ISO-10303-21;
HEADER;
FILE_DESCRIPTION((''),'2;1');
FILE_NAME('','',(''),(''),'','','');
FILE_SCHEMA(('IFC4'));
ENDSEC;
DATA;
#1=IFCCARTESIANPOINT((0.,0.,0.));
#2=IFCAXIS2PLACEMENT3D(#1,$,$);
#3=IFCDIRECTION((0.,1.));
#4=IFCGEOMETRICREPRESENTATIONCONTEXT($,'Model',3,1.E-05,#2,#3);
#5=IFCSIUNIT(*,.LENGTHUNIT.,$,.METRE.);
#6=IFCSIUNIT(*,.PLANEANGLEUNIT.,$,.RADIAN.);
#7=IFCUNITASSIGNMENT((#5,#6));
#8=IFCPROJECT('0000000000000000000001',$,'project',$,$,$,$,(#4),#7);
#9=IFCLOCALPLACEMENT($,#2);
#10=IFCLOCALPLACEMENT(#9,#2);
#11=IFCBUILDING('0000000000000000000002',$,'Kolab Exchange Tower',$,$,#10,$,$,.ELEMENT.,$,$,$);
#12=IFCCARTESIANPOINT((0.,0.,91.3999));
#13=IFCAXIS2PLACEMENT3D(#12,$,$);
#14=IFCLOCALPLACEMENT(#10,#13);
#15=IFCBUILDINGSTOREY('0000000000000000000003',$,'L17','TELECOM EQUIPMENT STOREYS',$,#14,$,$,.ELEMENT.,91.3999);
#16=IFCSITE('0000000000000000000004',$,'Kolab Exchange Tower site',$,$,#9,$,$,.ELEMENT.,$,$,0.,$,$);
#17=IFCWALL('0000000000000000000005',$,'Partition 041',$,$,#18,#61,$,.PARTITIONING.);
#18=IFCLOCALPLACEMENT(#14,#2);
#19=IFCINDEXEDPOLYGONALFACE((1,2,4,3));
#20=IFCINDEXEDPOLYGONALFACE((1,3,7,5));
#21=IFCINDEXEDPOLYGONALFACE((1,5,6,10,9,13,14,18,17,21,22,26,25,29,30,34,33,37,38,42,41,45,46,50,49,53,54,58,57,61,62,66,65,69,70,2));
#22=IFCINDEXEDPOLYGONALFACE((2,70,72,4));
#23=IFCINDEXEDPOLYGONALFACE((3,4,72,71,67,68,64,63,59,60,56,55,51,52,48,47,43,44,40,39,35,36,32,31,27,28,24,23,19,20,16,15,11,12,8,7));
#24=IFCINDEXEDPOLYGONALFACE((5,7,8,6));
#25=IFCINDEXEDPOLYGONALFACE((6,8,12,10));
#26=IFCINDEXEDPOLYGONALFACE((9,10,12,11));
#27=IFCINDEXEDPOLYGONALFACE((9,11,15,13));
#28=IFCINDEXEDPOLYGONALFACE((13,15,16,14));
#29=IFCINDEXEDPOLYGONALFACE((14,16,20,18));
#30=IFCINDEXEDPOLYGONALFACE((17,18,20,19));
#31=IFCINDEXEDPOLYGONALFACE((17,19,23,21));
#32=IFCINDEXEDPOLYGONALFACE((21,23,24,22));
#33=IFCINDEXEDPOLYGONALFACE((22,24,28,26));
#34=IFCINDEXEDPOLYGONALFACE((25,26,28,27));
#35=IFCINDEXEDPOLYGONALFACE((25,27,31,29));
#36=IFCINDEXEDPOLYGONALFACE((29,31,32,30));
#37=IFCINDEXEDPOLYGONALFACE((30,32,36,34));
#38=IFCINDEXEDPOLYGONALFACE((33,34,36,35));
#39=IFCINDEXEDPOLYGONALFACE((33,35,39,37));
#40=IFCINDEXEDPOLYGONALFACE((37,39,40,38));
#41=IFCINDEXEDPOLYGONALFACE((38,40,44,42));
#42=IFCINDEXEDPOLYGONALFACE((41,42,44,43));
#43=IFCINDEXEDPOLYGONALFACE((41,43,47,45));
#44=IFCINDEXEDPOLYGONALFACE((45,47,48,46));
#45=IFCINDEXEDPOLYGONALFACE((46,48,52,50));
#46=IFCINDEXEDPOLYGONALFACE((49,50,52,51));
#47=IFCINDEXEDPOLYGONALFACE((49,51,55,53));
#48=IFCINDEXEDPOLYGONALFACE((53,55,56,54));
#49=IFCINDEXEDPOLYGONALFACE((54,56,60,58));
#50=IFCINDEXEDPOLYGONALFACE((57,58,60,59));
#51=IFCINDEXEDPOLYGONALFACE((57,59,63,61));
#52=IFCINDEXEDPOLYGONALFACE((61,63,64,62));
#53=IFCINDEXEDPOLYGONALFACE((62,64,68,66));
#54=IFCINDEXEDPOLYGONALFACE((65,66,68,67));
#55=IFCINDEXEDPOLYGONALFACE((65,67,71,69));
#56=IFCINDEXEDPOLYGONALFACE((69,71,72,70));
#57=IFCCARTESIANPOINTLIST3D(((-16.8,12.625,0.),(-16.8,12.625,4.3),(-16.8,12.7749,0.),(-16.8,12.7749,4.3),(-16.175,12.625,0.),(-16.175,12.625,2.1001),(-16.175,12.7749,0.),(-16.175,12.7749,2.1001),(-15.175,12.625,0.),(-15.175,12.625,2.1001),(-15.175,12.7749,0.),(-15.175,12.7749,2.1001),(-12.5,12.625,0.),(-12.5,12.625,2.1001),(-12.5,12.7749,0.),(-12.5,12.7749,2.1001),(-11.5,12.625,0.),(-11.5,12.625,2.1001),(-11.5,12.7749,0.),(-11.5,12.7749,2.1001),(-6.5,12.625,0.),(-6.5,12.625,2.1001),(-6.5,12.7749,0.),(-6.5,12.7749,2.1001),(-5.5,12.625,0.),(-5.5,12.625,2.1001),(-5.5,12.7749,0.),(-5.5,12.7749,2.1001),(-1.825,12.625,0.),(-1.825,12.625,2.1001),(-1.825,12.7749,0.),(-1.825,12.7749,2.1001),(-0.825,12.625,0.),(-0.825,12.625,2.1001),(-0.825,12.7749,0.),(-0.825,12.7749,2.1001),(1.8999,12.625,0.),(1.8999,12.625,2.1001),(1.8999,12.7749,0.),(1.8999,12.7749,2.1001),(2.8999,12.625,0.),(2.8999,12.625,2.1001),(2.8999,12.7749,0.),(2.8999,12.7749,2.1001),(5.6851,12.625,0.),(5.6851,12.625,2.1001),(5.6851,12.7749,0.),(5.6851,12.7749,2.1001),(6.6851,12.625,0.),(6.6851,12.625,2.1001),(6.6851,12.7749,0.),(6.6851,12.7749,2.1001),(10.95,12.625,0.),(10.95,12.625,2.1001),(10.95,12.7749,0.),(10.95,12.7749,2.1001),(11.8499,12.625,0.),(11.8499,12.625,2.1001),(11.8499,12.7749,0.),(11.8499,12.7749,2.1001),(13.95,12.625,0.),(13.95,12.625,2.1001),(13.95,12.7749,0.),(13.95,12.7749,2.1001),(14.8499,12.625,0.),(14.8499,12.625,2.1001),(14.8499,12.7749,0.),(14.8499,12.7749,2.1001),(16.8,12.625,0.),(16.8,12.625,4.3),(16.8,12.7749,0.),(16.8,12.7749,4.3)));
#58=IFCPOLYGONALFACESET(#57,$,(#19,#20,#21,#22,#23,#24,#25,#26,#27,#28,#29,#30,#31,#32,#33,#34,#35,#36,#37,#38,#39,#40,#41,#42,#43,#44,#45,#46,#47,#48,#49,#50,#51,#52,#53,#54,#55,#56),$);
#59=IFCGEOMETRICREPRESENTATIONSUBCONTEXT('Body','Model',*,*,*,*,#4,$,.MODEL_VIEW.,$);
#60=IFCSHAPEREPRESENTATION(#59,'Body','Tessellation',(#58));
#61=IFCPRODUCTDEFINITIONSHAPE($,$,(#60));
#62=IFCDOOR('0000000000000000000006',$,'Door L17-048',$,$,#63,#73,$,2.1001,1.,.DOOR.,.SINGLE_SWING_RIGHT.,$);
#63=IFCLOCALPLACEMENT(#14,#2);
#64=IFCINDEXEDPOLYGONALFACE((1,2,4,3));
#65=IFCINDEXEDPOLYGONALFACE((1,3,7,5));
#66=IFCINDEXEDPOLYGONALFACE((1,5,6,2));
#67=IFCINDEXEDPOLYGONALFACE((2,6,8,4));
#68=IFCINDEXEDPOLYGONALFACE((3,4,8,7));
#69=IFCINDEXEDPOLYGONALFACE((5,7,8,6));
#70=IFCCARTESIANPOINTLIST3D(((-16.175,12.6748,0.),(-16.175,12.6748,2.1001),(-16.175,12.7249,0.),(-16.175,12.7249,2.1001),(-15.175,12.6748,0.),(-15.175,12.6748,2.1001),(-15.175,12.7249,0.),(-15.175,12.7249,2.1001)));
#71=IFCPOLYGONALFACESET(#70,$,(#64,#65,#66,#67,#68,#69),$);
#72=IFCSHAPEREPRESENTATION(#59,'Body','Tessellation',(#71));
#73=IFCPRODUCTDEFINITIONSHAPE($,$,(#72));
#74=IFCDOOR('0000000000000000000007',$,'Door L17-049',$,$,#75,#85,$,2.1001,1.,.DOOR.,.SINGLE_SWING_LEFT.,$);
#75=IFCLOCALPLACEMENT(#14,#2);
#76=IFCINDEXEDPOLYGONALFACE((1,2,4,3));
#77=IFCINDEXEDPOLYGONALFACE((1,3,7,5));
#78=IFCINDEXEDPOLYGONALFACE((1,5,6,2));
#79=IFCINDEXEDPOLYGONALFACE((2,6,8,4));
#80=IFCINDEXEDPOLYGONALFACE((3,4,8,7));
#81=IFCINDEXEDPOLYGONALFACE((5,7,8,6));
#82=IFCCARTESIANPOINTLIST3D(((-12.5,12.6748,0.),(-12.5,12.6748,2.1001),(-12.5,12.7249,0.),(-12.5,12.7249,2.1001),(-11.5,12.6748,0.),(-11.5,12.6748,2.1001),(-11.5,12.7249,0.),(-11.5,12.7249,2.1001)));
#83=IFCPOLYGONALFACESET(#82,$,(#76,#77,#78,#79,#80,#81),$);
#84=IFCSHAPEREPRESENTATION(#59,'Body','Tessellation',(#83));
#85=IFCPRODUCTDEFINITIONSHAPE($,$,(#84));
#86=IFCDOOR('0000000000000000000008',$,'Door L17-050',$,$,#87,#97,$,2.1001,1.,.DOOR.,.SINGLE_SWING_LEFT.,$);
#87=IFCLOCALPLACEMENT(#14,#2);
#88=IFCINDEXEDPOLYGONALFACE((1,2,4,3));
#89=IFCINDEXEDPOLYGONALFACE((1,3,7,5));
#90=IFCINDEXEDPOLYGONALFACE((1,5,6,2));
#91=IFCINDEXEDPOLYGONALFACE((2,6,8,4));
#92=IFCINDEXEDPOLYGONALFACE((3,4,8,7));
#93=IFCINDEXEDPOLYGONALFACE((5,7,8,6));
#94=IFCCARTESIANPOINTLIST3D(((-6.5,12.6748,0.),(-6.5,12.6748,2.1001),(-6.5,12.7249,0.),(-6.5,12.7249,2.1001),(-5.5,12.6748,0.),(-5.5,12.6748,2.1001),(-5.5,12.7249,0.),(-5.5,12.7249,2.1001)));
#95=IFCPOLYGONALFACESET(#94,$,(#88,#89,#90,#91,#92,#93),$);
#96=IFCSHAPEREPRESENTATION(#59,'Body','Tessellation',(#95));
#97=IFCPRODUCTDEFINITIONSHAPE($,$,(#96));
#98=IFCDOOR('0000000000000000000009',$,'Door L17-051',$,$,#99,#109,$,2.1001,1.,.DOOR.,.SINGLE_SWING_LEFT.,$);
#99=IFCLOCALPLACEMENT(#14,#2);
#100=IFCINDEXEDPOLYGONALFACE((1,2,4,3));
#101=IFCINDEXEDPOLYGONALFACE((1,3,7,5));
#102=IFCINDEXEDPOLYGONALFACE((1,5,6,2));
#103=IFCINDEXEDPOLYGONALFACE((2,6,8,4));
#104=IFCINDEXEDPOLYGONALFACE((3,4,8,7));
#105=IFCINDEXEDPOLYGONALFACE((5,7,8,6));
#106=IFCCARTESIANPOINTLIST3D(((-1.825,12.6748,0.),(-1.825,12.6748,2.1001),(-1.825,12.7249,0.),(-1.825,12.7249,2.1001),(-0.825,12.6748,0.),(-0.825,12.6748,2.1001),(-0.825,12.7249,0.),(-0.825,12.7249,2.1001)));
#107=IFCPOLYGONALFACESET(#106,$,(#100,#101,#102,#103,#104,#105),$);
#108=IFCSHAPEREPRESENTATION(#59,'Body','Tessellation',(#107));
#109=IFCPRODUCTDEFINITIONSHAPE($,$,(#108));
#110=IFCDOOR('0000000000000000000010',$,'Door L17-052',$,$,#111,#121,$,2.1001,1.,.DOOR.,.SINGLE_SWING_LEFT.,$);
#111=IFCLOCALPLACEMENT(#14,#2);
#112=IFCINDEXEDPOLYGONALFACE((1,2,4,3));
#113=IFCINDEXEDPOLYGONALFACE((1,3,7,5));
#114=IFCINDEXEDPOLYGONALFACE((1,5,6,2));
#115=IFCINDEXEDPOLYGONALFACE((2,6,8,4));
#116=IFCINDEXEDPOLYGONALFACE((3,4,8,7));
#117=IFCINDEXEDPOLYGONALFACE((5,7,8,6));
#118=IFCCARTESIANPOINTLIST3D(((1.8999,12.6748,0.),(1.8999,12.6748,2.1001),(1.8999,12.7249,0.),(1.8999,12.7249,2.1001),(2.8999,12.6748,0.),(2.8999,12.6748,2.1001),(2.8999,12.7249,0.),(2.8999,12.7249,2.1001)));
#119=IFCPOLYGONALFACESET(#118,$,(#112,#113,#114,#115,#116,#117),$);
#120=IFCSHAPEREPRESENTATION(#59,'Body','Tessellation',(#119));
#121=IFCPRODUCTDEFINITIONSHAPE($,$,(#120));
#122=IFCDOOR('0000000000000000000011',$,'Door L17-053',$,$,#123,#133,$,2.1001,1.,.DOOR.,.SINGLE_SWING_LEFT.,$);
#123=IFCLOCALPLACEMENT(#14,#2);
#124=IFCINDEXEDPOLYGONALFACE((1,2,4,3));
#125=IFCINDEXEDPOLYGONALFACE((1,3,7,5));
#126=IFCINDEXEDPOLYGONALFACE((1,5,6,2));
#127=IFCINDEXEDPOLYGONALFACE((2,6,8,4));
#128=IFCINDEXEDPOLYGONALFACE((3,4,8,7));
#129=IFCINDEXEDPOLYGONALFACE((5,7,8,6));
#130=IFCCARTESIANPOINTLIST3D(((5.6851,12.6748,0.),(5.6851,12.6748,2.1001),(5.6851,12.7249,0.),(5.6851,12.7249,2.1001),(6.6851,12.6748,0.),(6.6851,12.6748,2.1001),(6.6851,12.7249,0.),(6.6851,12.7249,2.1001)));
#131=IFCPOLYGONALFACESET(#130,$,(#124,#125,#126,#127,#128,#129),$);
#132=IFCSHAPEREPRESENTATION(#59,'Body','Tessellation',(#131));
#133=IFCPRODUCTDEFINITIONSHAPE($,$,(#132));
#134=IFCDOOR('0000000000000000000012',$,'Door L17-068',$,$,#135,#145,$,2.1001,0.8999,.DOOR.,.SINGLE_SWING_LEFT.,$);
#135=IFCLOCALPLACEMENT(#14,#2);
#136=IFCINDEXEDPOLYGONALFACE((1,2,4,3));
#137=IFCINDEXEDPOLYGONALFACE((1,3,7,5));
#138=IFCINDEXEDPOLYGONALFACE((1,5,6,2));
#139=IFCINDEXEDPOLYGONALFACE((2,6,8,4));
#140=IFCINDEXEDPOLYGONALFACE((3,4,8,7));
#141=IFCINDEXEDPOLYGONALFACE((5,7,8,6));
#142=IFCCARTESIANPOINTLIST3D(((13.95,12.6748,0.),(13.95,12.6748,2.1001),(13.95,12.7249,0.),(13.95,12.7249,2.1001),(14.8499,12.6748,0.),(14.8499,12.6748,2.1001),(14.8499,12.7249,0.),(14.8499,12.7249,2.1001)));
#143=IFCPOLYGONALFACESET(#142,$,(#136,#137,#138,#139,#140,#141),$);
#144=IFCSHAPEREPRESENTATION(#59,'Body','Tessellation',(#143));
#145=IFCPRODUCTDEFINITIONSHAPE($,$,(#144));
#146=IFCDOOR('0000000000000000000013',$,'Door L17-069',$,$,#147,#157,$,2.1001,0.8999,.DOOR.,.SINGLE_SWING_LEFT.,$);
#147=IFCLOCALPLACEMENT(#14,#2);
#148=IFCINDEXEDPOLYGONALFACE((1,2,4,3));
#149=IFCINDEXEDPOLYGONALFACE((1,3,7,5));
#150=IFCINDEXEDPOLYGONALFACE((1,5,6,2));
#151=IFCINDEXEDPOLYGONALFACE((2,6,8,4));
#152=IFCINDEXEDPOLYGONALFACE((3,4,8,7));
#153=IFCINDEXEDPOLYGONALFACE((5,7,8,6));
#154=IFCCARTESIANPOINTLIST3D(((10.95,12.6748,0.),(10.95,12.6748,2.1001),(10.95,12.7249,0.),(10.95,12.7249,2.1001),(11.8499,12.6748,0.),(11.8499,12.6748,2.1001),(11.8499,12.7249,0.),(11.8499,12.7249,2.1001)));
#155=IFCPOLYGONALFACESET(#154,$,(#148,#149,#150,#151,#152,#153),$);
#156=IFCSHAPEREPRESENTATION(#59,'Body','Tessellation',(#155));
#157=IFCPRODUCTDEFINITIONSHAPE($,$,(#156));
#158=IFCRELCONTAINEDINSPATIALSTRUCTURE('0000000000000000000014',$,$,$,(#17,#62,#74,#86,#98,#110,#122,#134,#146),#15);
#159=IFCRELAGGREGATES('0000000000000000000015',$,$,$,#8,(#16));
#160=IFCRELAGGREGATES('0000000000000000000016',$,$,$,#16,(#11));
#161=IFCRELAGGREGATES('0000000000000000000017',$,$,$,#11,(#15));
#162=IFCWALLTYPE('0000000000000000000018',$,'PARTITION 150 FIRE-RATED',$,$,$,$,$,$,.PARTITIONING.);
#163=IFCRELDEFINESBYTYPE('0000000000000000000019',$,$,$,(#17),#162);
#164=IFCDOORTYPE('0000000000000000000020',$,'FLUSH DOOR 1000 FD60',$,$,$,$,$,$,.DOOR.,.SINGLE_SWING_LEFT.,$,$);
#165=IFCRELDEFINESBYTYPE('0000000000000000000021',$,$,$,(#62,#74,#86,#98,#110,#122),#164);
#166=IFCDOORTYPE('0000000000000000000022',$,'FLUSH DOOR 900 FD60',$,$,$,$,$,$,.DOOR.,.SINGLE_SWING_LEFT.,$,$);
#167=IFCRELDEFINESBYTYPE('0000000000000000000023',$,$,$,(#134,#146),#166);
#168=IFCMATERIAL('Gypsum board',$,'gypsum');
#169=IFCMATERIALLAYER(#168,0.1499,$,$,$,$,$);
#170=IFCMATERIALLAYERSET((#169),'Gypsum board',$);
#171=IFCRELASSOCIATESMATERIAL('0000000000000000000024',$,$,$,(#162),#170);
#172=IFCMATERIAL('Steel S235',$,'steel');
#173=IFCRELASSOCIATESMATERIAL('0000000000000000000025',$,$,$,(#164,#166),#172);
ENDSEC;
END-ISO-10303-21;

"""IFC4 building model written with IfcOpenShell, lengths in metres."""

from ifc_helpers import new_model, si_unit, direction, frame, frame_2d, origin, place, context, subcontext, project, spatial, rectangle, extrude, material, layer, layer_set, type_object, element, fill, save


model = new_model("IFC4")

# Units and contexts
model_context = context("Model", 3, precision=1e-05, world=origin(), true_north=direction((0.0, 1.0)))
body_context = subcontext(model_context, "Body", "Model", "MODEL_VIEW")
ifc_project = project(units=[si_unit("LENGTHUNIT", "METRE"), si_unit("PLANEANGLEUNIT", "RADIAN")], contexts=[model_context])

# Site, building, storey
site_placement = place(None, origin())
site = spatial("IfcSite", under=ifc_project, at=site_placement, Name="Kolab Exchange Tower site", CompositionType="ELEMENT", RefElevation=0.0)
building_placement = place(site_placement, origin())
building = spatial("IfcBuilding", under=site, at=building_placement, Name="Kolab Exchange Tower", CompositionType="ELEMENT")
storey_placement = place(building_placement, frame((0.0, 0.0, 91.3999)))
storey = spatial("IfcBuildingStorey", under=building, at=storey_placement, Name="L17", Description="TELECOM EQUIPMENT STOREYS", CompositionType="ELEMENT", Elevation=91.3999)

# Shared definitions
ifc_material_1 = material(Name="Gypsum board", Category="gypsum")
ifc_layer_1 = layer(ifc_material_1, 0.1499)
ifc_layer_set_1 = layer_set([ifc_layer_1], Name="Gypsum board")
wall_type_1 = type_object("IfcWallType", Name="PARTITION 150 FIRE-RATED", PredefinedType="PARTITIONING", material=ifc_layer_set_1)

# Wall, openings, doors
wall_1_placement = place(storey_placement, frame((-16.8, 12.7, 0.0), z_axis=(0.0, 0.0, 1.0), x_axis=(1.0, 0.0, 0.0)))
wall_1 = element("IfcWall", 1, at=wall_1_placement, inside=storey, type_object=wall_type_1, Name="Partition 041", PredefinedType="PARTITIONING", context=body_context, shape_type="SweptSolid", body=[
    extrude(rectangle(XDim=33.6001, YDim=0.1499, at=frame_2d((16.8, 0.0))), origin(), (0.0, 0.0, 1.0), 4.3),
])
opening_1_placement = place(wall_1_placement, frame((0.625, 0.0, 0.0)))
opening_1 = element("IfcOpeningElement", 2, at=opening_1_placement, cuts=wall_1, PredefinedType="OPENING", context=body_context, shape_type="SweptSolid", body=[
    extrude(rectangle(XDim=1.0, YDim=2.1001, at=frame_2d((0.5, 1.05))), frame((0.0, 0.085, 0.0), z_axis=(0.0, -1.0, 0.0), x_axis=(1.0, 0.0, 0.0)), (0.0, 0.0, 1.0), 0.1699),
])
opening_2_placement = place(wall_1_placement, frame((4.3, 0.0, 0.0)))
opening_2 = element("IfcOpeningElement", 3, at=opening_2_placement, cuts=wall_1, PredefinedType="OPENING", context=body_context, shape_type="SweptSolid", body=[
    extrude(rectangle(XDim=1.0, YDim=2.1001, at=frame_2d((0.5, 1.05))), frame((0.0, 0.085, 0.0), z_axis=(0.0, -1.0, 0.0), x_axis=(1.0, 0.0, 0.0)), (0.0, 0.0, 1.0), 0.1699),
])
opening_3_placement = place(wall_1_placement, frame((10.3, 0.0, 0.0)))
opening_3 = element("IfcOpeningElement", 4, at=opening_3_placement, cuts=wall_1, PredefinedType="OPENING", context=body_context, shape_type="SweptSolid", body=[
    extrude(rectangle(XDim=1.0, YDim=2.1001, at=frame_2d((0.5, 1.05))), frame((0.0, 0.085, 0.0), z_axis=(0.0, -1.0, 0.0), x_axis=(1.0, 0.0, 0.0)), (0.0, 0.0, 1.0), 0.1699),
])
opening_4_placement = place(wall_1_placement, frame((14.9751, 0.0, 0.0)))
opening_4 = element("IfcOpeningElement", 5, at=opening_4_placement, cuts=wall_1, PredefinedType="OPENING", context=body_context, shape_type="SweptSolid", body=[
    extrude(rectangle(XDim=1.0, YDim=2.1001, at=frame_2d((0.5, 1.05))), frame((0.0, 0.085, 0.0), z_axis=(0.0, -1.0, 0.0), x_axis=(1.0, 0.0, 0.0)), (0.0, 0.0, 1.0), 0.1699),
])
opening_5_placement = place(wall_1_placement, frame((18.7, 0.0, 0.0)))
opening_5 = element("IfcOpeningElement", 6, at=opening_5_placement, cuts=wall_1, PredefinedType="OPENING", context=body_context, shape_type="SweptSolid", body=[
    extrude(rectangle(XDim=1.0, YDim=2.1001, at=frame_2d((0.5, 1.05))), frame((0.0, 0.085, 0.0), z_axis=(0.0, -1.0, 0.0), x_axis=(1.0, 0.0, 0.0)), (0.0, 0.0, 1.0), 0.1699),
])
opening_6_placement = place(wall_1_placement, frame((22.4851, 0.0, 0.0)))
opening_6 = element("IfcOpeningElement", 7, at=opening_6_placement, cuts=wall_1, PredefinedType="OPENING", context=body_context, shape_type="SweptSolid", body=[
    extrude(rectangle(XDim=1.0, YDim=2.1001, at=frame_2d((0.5, 1.05))), frame((0.0, 0.085, 0.0), z_axis=(0.0, -1.0, 0.0), x_axis=(1.0, 0.0, 0.0)), (0.0, 0.0, 1.0), 0.1699),
])
opening_7_placement = place(wall_1_placement, frame((30.75, 0.0, 0.0)))
opening_7 = element("IfcOpeningElement", 8, at=opening_7_placement, cuts=wall_1, PredefinedType="OPENING", context=body_context, shape_type="SweptSolid", body=[
    extrude(rectangle(XDim=0.8999, YDim=2.1001, at=frame_2d((0.45, 1.05))), frame((0.0, 0.085, 0.0), z_axis=(0.0, -1.0, 0.0), x_axis=(1.0, 0.0, 0.0)), (0.0, 0.0, 1.0), 0.1699),
])
opening_8_placement = place(wall_1_placement, frame((27.75, 0.0, 0.0)))
opening_8 = element("IfcOpeningElement", 9, at=opening_8_placement, cuts=wall_1, PredefinedType="OPENING", context=body_context, shape_type="SweptSolid", body=[
    extrude(rectangle(XDim=0.8999, YDim=2.1001, at=frame_2d((0.45, 1.05))), frame((0.0, 0.085, 0.0), z_axis=(0.0, -1.0, 0.0), x_axis=(1.0, 0.0, 0.0)), (0.0, 0.0, 1.0), 0.1699),
])
ifc_material_2 = material(Name="Steel S235", Category="steel")
door_type_1 = type_object("IfcDoorType", Name="FLUSH DOOR 1000 FD60", OperationType="SINGLE_SWING_LEFT", PredefinedType="DOOR", material=ifc_material_2)
door_1_placement = place(opening_1_placement, origin())
door_1 = element("IfcDoor", 10, at=door_1_placement, inside=storey, type_object=door_type_1, Name="Door L17-048", OperationType="SINGLE_SWING_RIGHT", OverallHeight=2.1001, OverallWidth=1.0, PredefinedType="DOOR", context=body_context, shape_type="SweptSolid", body=[
    extrude(rectangle(XDim=1.0, YDim=2.1001, at=frame_2d((0.5, 1.05))), frame((0.0, 0.0249, 0.0), z_axis=(0.0, -1.0, 0.0), x_axis=(1.0, 0.0, 0.0)), (0.0, 0.0, 1.0), 0.05),
])
fill(opening_1, door_1)
door_2_placement = place(opening_2_placement, origin())
door_2 = element("IfcDoor", 11, at=door_2_placement, inside=storey, type_object=door_type_1, Name="Door L17-049", OperationType="SINGLE_SWING_LEFT", OverallHeight=2.1001, OverallWidth=1.0, PredefinedType="DOOR", context=body_context, shape_type="SweptSolid", body=[
    extrude(rectangle(XDim=1.0, YDim=2.1001, at=frame_2d((0.5, 1.05))), frame((0.0, 0.0249, 0.0), z_axis=(0.0, -1.0, 0.0), x_axis=(1.0, 0.0, 0.0)), (0.0, 0.0, 1.0), 0.05),
])
fill(opening_2, door_2)
door_3_placement = place(opening_3_placement, origin())
door_3 = element("IfcDoor", 12, at=door_3_placement, inside=storey, type_object=door_type_1, Name="Door L17-050", OperationType="SINGLE_SWING_LEFT", OverallHeight=2.1001, OverallWidth=1.0, PredefinedType="DOOR", context=body_context, shape_type="SweptSolid", body=[
    extrude(rectangle(XDim=1.0, YDim=2.1001, at=frame_2d((0.5, 1.05))), frame((0.0, 0.0249, 0.0), z_axis=(0.0, -1.0, 0.0), x_axis=(1.0, 0.0, 0.0)), (0.0, 0.0, 1.0), 0.05),
])
fill(opening_3, door_3)
door_4_placement = place(opening_4_placement, origin())
door_4 = element("IfcDoor", 13, at=door_4_placement, inside=storey, type_object=door_type_1, Name="Door L17-051", OperationType="SINGLE_SWING_LEFT", OverallHeight=2.1001, OverallWidth=1.0, PredefinedType="DOOR", context=body_context, shape_type="SweptSolid", body=[
    extrude(rectangle(XDim=1.0, YDim=2.1001, at=frame_2d((0.5, 1.05))), frame((0.0, 0.0249, 0.0), z_axis=(0.0, -1.0, 0.0), x_axis=(1.0, 0.0, 0.0)), (0.0, 0.0, 1.0), 0.05),
])
fill(opening_4, door_4)
door_5_placement = place(opening_5_placement, origin())
door_5 = element("IfcDoor", 14, at=door_5_placement, inside=storey, type_object=door_type_1, Name="Door L17-052", OperationType="SINGLE_SWING_LEFT", OverallHeight=2.1001, OverallWidth=1.0, PredefinedType="DOOR", context=body_context, shape_type="SweptSolid", body=[
    extrude(rectangle(XDim=1.0, YDim=2.1001, at=frame_2d((0.5, 1.05))), frame((0.0, 0.0249, 0.0), z_axis=(0.0, -1.0, 0.0), x_axis=(1.0, 0.0, 0.0)), (0.0, 0.0, 1.0), 0.05),
])
fill(opening_5, door_5)
door_6_placement = place(opening_6_placement, origin())
door_6 = element("IfcDoor", 15, at=door_6_placement, inside=storey, type_object=door_type_1, Name="Door L17-053", OperationType="SINGLE_SWING_LEFT", OverallHeight=2.1001, OverallWidth=1.0, PredefinedType="DOOR", context=body_context, shape_type="SweptSolid", body=[
    extrude(rectangle(XDim=1.0, YDim=2.1001, at=frame_2d((0.5, 1.05))), frame((0.0, 0.0249, 0.0), z_axis=(0.0, -1.0, 0.0), x_axis=(1.0, 0.0, 0.0)), (0.0, 0.0, 1.0), 0.05),
])
fill(opening_6, door_6)
door_type_2 = type_object("IfcDoorType", Name="FLUSH DOOR 900 FD60", OperationType="SINGLE_SWING_LEFT", PredefinedType="DOOR", material=ifc_material_2)
door_7_placement = place(opening_7_placement, origin())
door_7 = element("IfcDoor", 16, at=door_7_placement, inside=storey, type_object=door_type_2, Name="Door L17-068", OperationType="SINGLE_SWING_LEFT", OverallHeight=2.1001, OverallWidth=0.8999, PredefinedType="DOOR", context=body_context, shape_type="SweptSolid", body=[
    extrude(rectangle(XDim=0.8999, YDim=2.1001, at=frame_2d((0.45, 1.05))), frame((0.0, 0.0249, 0.0), z_axis=(0.0, -1.0, 0.0), x_axis=(1.0, 0.0, 0.0)), (0.0, 0.0, 1.0), 0.05),
])
fill(opening_7, door_7)
door_8_placement = place(opening_8_placement, origin())
door_8 = element("IfcDoor", 17, at=door_8_placement, inside=storey, type_object=door_type_2, Name="Door L17-069", OperationType="SINGLE_SWING_LEFT", OverallHeight=2.1001, OverallWidth=0.8999, PredefinedType="DOOR", context=body_context, shape_type="SweptSolid", body=[
    extrude(rectangle(XDim=0.8999, YDim=2.1001, at=frame_2d((0.45, 1.05))), frame((0.0, 0.0249, 0.0), z_axis=(0.0, -1.0, 0.0), x_axis=(1.0, 0.0, 0.0)), (0.0, 0.0, 1.0), 0.05),
])
fill(opening_8, door_8)

save(model, "model.ifc")
